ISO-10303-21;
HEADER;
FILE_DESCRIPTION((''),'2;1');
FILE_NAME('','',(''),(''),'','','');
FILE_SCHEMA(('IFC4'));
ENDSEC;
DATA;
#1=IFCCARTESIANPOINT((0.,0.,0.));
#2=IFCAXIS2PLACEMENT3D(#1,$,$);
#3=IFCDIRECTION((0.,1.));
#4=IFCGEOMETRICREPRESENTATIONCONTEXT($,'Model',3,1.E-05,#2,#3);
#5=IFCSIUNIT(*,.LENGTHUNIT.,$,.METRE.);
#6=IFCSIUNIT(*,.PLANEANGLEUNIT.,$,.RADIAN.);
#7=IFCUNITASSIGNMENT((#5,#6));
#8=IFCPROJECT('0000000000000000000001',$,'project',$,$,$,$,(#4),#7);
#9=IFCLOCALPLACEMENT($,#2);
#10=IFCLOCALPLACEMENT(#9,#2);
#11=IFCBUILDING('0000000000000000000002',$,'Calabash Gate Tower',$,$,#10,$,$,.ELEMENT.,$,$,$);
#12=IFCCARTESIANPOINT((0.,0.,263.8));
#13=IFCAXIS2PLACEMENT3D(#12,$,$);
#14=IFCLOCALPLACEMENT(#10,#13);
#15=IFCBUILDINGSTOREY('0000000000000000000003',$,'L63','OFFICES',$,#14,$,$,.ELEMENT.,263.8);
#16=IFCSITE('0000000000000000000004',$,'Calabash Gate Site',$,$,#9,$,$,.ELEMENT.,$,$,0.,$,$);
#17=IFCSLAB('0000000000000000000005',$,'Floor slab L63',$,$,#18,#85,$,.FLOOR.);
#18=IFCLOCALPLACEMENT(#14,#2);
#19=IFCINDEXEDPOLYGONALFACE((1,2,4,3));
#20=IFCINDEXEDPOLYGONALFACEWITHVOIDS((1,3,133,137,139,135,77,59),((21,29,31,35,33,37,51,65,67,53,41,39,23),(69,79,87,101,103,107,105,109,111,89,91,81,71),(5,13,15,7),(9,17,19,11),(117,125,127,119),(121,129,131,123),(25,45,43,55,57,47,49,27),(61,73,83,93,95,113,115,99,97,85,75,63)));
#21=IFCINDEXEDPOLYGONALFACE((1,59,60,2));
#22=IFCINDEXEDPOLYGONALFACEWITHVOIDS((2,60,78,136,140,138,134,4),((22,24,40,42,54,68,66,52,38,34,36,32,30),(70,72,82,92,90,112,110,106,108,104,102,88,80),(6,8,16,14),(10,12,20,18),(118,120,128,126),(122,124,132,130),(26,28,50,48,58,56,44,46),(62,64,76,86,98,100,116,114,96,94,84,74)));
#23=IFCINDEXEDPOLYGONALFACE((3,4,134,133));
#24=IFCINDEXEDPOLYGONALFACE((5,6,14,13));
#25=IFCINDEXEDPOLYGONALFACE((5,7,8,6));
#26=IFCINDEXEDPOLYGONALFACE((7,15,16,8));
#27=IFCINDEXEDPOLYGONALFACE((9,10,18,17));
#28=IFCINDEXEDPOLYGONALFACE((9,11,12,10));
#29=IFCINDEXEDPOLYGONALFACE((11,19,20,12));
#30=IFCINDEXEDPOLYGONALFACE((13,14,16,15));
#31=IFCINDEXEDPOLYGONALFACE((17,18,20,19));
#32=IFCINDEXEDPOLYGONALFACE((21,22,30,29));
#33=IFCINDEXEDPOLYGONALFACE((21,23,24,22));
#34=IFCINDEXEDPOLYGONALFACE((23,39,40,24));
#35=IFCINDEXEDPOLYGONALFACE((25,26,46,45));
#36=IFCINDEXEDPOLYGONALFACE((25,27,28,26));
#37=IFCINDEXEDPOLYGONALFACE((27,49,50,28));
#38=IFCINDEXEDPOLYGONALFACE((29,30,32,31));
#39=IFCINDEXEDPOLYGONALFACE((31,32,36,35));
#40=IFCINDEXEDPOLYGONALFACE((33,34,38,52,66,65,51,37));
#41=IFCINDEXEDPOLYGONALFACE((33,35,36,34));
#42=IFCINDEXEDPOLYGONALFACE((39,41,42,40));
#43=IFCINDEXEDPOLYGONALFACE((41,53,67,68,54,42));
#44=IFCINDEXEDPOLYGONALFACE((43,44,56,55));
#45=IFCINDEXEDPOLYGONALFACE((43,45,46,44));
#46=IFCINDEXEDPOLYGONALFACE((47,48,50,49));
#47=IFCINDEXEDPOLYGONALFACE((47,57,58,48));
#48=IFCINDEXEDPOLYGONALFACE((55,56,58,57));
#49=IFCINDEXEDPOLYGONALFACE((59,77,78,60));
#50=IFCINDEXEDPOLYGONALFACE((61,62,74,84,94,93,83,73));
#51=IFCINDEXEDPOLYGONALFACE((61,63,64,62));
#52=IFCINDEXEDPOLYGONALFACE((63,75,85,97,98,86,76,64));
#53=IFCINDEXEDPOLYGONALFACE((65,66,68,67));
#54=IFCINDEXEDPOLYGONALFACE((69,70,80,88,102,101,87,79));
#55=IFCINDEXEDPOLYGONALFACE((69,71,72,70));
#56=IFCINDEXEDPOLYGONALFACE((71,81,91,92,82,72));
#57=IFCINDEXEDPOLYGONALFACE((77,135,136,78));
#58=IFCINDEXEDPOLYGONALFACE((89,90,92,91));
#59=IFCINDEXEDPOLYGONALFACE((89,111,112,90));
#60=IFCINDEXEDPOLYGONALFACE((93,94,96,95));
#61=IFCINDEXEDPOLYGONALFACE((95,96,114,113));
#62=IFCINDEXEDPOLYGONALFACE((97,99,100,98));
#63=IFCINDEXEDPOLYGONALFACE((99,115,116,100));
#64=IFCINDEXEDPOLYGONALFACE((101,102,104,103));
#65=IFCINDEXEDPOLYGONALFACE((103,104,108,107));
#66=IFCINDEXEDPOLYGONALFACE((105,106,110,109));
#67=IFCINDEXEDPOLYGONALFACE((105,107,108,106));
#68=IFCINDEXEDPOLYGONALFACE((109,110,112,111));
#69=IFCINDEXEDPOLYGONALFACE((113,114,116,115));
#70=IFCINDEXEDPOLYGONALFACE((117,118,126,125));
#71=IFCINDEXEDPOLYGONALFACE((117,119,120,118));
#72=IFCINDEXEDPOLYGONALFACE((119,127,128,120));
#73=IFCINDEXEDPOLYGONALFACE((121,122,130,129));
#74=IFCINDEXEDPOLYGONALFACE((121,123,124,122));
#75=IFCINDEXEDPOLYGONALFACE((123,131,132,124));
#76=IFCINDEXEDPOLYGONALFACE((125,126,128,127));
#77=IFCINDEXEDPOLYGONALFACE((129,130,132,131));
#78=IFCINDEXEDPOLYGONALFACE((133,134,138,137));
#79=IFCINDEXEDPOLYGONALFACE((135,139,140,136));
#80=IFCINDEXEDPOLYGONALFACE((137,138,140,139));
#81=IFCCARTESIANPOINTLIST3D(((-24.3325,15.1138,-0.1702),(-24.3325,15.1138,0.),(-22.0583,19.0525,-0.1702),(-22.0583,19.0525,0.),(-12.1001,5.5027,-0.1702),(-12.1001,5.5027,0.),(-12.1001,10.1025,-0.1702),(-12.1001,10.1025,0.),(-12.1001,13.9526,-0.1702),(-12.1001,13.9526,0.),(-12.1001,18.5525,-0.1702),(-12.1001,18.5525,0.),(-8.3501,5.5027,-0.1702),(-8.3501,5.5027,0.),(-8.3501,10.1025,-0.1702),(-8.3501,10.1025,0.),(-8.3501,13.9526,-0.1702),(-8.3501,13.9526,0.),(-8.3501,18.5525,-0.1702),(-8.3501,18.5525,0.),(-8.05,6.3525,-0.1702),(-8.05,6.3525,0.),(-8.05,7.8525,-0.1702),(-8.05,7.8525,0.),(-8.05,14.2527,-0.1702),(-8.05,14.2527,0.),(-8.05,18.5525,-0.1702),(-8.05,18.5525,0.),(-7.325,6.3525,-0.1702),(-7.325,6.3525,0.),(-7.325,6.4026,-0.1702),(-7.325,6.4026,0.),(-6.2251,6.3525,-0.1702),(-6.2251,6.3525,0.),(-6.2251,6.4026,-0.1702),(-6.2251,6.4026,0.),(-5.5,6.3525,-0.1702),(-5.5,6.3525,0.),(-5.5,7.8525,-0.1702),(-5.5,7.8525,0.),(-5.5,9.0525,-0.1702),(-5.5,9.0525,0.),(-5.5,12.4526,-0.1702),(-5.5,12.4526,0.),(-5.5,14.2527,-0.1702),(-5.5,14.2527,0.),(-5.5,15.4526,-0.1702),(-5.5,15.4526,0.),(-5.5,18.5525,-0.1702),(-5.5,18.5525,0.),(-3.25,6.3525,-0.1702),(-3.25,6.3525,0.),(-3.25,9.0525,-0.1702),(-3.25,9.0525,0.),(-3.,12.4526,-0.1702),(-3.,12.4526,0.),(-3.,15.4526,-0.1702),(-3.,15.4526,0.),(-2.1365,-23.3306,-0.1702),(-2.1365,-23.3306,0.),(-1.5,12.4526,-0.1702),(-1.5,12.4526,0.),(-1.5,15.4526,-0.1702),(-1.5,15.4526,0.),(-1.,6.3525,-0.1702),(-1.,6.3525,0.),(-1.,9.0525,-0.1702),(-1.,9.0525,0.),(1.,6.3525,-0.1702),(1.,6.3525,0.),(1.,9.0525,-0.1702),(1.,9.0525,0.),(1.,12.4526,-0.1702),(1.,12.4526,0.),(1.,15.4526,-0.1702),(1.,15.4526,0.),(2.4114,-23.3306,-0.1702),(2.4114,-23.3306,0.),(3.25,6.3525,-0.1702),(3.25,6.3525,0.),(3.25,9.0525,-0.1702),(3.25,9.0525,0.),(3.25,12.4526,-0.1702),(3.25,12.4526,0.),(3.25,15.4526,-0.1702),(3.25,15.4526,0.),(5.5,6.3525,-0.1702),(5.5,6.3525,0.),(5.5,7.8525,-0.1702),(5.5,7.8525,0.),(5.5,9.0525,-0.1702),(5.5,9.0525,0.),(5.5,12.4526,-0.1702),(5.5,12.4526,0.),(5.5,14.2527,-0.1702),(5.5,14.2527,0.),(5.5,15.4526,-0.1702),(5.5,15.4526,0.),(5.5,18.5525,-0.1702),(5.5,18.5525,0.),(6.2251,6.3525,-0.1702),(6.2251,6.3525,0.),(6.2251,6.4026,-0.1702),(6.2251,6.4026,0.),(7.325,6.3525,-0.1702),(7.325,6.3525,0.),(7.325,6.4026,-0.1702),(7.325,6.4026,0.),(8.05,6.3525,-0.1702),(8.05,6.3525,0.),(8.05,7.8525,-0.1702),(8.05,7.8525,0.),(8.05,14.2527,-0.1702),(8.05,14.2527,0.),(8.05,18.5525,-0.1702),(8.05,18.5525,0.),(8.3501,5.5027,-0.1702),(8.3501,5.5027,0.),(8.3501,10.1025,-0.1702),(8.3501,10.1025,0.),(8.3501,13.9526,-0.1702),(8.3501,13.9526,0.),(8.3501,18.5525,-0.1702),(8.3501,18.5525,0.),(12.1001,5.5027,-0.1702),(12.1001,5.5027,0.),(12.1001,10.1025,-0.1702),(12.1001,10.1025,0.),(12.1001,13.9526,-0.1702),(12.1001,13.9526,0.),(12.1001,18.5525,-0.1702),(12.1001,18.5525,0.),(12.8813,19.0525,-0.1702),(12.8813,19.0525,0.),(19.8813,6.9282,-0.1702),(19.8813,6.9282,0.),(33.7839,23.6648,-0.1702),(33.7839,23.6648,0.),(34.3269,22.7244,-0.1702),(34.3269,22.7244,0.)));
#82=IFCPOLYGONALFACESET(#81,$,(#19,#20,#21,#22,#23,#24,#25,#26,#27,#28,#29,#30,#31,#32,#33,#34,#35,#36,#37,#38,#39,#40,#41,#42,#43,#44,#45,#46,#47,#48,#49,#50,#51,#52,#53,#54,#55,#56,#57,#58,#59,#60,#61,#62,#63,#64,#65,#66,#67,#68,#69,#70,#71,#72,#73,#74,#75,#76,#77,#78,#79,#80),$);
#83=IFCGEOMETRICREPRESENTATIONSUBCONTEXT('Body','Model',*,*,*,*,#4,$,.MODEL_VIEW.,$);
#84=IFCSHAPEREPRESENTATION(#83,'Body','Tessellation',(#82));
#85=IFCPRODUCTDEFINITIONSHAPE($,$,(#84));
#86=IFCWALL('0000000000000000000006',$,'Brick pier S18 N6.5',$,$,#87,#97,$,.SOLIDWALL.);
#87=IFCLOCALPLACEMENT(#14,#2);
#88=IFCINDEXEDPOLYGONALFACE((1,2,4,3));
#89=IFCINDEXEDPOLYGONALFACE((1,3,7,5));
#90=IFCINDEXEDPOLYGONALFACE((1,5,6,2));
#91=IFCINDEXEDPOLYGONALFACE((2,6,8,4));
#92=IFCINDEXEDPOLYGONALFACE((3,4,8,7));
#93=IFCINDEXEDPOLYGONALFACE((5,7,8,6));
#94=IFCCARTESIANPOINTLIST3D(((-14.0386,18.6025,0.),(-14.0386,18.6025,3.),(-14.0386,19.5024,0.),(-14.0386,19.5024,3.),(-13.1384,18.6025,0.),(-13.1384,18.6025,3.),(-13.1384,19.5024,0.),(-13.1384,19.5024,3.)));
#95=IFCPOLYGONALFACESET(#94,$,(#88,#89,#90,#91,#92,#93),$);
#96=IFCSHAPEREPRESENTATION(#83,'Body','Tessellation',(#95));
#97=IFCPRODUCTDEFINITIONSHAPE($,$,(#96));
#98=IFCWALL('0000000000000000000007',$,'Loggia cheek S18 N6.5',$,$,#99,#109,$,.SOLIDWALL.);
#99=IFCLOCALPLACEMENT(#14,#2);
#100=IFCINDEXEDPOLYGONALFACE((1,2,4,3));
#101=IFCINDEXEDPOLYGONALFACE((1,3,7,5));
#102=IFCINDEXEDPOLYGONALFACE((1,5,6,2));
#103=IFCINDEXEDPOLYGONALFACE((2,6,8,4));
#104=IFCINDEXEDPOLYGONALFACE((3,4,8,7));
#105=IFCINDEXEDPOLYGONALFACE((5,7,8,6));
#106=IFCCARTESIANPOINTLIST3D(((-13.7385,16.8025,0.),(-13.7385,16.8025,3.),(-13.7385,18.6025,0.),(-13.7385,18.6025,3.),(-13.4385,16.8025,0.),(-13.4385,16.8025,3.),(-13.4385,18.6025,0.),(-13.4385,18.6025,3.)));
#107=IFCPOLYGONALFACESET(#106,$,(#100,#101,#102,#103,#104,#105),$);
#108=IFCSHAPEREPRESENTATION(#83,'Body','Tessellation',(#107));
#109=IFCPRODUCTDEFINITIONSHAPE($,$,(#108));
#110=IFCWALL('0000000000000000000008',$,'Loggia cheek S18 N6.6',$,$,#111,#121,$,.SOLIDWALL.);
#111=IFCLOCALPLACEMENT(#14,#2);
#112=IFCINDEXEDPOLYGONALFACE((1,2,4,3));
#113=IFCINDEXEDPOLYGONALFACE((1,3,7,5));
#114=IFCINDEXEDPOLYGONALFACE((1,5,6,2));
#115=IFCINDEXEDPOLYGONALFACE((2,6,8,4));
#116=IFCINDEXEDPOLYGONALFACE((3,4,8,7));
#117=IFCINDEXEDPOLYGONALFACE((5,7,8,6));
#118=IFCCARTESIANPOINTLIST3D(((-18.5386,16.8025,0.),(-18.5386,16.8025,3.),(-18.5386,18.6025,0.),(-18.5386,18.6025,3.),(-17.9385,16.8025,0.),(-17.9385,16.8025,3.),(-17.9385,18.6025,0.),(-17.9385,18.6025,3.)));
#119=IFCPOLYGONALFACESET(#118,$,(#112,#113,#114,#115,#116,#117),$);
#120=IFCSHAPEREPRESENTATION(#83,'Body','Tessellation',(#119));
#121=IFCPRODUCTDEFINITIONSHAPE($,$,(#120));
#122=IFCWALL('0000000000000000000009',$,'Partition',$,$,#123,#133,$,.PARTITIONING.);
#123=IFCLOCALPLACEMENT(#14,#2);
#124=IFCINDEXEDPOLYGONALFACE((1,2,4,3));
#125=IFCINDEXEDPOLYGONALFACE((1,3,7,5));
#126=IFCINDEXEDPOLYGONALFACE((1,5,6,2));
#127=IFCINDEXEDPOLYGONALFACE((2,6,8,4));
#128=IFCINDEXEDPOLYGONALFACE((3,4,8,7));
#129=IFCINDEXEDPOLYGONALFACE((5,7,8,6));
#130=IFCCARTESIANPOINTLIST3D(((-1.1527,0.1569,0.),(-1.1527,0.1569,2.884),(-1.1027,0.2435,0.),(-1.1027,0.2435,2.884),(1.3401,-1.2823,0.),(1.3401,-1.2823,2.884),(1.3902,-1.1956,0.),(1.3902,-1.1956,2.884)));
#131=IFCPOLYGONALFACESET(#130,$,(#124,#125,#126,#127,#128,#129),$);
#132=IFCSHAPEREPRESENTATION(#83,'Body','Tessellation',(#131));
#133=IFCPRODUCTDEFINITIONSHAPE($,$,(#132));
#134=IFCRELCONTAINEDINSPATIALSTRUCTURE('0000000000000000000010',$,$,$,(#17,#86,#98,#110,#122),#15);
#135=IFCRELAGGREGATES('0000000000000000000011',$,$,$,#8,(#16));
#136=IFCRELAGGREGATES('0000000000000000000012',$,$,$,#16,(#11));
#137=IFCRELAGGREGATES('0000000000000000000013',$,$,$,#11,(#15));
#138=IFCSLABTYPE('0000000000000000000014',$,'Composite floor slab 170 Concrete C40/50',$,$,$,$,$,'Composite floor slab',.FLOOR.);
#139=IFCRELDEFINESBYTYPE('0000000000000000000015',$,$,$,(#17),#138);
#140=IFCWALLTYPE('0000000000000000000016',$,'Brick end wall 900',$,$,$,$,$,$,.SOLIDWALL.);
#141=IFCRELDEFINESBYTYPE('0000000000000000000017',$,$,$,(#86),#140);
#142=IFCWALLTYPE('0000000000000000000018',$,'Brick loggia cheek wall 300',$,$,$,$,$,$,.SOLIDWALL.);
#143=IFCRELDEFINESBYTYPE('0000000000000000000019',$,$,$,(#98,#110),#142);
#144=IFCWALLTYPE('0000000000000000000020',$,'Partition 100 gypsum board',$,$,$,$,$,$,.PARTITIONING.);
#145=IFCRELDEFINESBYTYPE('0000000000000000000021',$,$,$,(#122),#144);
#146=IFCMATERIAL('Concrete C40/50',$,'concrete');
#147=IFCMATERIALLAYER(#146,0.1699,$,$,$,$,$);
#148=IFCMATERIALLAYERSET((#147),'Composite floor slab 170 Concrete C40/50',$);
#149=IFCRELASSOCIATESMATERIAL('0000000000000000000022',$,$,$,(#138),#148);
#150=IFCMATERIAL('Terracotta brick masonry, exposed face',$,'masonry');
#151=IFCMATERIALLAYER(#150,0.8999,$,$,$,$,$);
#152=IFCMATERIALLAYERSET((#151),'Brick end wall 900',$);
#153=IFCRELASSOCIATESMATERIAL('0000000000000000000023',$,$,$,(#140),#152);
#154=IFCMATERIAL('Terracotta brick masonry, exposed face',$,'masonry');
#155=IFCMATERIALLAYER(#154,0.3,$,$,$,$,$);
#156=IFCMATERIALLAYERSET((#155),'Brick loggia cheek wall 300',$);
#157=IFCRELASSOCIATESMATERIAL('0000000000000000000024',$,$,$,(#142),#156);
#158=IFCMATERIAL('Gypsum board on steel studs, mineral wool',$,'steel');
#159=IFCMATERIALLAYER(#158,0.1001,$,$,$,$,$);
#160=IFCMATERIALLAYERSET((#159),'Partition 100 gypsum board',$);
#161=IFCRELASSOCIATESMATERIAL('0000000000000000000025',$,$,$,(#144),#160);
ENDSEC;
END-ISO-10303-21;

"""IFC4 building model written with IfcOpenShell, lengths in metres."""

from ifc_helpers import new_model, si_unit, direction, frame, frame_2d, origin, place, context, subcontext, project, spatial, polyline, rectangle, outline, extrude, material, layer, layer_set, type_object, element, save


model = new_model("IFC4")

# Units and contexts
model_context = context("Model", 3, precision=1e-05, world=origin(), true_north=direction((0.0, 1.0)))
body_context = subcontext(model_context, "Body", "Model", "MODEL_VIEW")
ifc_project = project(units=[si_unit("LENGTHUNIT", "METRE"), si_unit("PLANEANGLEUNIT", "RADIAN")], contexts=[model_context])

# Site, building, storey
site_placement = place(None, origin())
site = spatial("IfcSite", under=ifc_project, at=site_placement, Name="Calabash Gate Site", CompositionType="ELEMENT", RefElevation=0.0)
building_placement = place(site_placement, origin())
building = spatial("IfcBuilding", under=site, at=building_placement, Name="Calabash Gate Tower", CompositionType="ELEMENT")
storey_placement = place(building_placement, frame((0.0, 0.0, 263.8)))
storey = spatial("IfcBuildingStorey", under=building, at=storey_placement, Name="L63", Description="OFFICES", CompositionType="ELEMENT", Elevation=263.8)

# Slab
ifc_material_1 = material(Name="Concrete C40/50", Category="concrete")
ifc_layer_1 = layer(ifc_material_1, 0.1699)
ifc_layer_set_1 = layer_set([ifc_layer_1], Name="Composite floor slab 170 Concrete C40/50")
slab_type = type_object("IfcSlabType", Name="Composite floor slab 170 Concrete C40/50", ElementType="Composite floor slab", PredefinedType="FLOOR", material=ifc_layer_set_1)
slab_placement = place(storey_placement, frame((0.0, 0.0, -0.1702)))
element("IfcSlab", 1, at=slab_placement, inside=storey, type_object=slab_type, Name="Floor slab L63", PredefinedType="FLOOR", context=body_context, shape_type="SweptSolid", body=[
    extrude(outline(polyline([(-24.3325, 15.1138), (-22.0583, 19.0525), (12.8813, 19.0525), (33.7839, 23.6648), (34.3269, 22.7244), (19.8813, 6.9282), (2.4114, -23.3306), (-2.1365, -23.3306), (-24.3325, 15.1138)]), holes=[polyline([(-1.0, 9.0525), (-3.25, 9.0525), (-5.5, 9.0525), (-5.5, 7.8525), (-8.05, 7.8525), (-8.05, 6.3525), (-7.325, 6.3525), (-7.325, 6.4026), (-6.2251, 6.4026), (-6.2251, 6.3525), (-5.5, 6.3525), (-3.25, 6.3525), (-1.0, 6.3525), (-1.0, 9.0525)]), polyline([(3.25, 6.3525), (5.5, 6.3525), (6.2251, 6.3525), (6.2251, 6.4026), (7.325, 6.4026), (7.325, 6.3525), (8.05, 6.3525), (8.05, 7.8525), (5.5, 7.8525), (5.5, 9.0525), (3.25, 9.0525), (1.0, 9.0525), (1.0, 6.3525), (3.25, 6.3525)]), polyline([(-5.5, 14.2527), (-5.5, 12.4526), (-3.0, 12.4526), (-3.0, 15.4526), (-5.5, 15.4526), (-5.5, 18.5525), (-8.05, 18.5525), (-8.05, 14.2527), (-5.5, 14.2527)]), polyline([(1.0, 15.4526), (-1.5, 15.4526), (-1.5, 12.4526), (1.0, 12.4526), (3.25, 12.4526), (5.5, 12.4526), (5.5, 14.2527), (8.05, 14.2527), (8.05, 18.5525), (5.5, 18.5525), (5.5, 15.4526), (3.25, 15.4526), (1.0, 15.4526)]), polyline([(-8.3501, 18.5525), (-12.1001, 18.5525), (-12.1001, 13.9526), (-8.3501, 13.9526), (-8.3501, 18.5525)]), polyline([(-12.1001, 10.1025), (-12.1001, 5.5027), (-8.3501, 5.5027), (-8.3501, 10.1025), (-12.1001, 10.1025)]), polyline([(8.3501, 13.9526), (12.1001, 13.9526), (12.1001, 18.5525), (8.3501, 18.5525), (8.3501, 13.9526)]), polyline([(12.1001, 5.5027), (12.1001, 10.1025), (8.3501, 10.1025), (8.3501, 5.5027), (12.1001, 5.5027)])]), origin(), (0.0, 0.0, 1.0), 0.1702),
])

# Walls
ifc_material_2 = material(Name="Terracotta brick masonry, exposed face", Category="masonry")
ifc_layer_2 = layer(ifc_material_2, 0.8999)
ifc_layer_set_2 = layer_set([ifc_layer_2], Name="Brick end wall 900")
wall_type_1 = type_object("IfcWallType", Name="Brick end wall 900", PredefinedType="SOLIDWALL", material=ifc_layer_set_2)
wall_1_placement = place(storey_placement, origin())
element("IfcWall", 2, at=wall_1_placement, inside=storey, type_object=wall_type_1, Name="Brick pier S18 N6.5", PredefinedType="SOLIDWALL", context=body_context, shape_type="SweptSolid", body=[
    extrude(outline(polyline([(-13.1384, 19.5024), (-14.0386, 19.5024), (-14.0386, 18.6025), (-13.1384, 18.6025), (-13.1384, 19.5024)])), origin(), (0.0, 0.0, 1.0), 3.0),
])
ifc_material_3 = material(Name="Terracotta brick masonry, exposed face", Category="masonry")
ifc_layer_3 = layer(ifc_material_3, 0.3)
ifc_layer_set_3 = layer_set([ifc_layer_3], Name="Brick loggia cheek wall 300")
wall_type_2 = type_object("IfcWallType", Name="Brick loggia cheek wall 300", PredefinedType="SOLIDWALL", material=ifc_layer_set_3)
wall_2_placement = place(storey_placement, origin())
element("IfcWall", 3, at=wall_2_placement, inside=storey, type_object=wall_type_2, Name="Loggia cheek S18 N6.5", PredefinedType="SOLIDWALL", context=body_context, shape_type="SweptSolid", body=[
    extrude(outline(polyline([(-13.4385, 16.8025), (-13.4385, 18.6025), (-13.7385, 18.6025), (-13.7385, 16.8025), (-13.4385, 16.8025)])), origin(), (0.0, 0.0, 1.0), 3.0),
])
wall_3_placement = place(storey_placement, origin())
element("IfcWall", 4, at=wall_3_placement, inside=storey, type_object=wall_type_2, Name="Loggia cheek S18 N6.6", PredefinedType="SOLIDWALL", context=body_context, shape_type="SweptSolid", body=[
    extrude(outline(polyline([(-18.5386, 18.6025), (-18.5386, 16.8025), (-17.9385, 16.8025), (-17.9385, 18.6025), (-18.5386, 18.6025)])), origin(), (0.0, 0.0, 1.0), 3.0),
])
ifc_material_4 = material(Name="Gypsum board on steel studs, mineral wool", Category="steel")
ifc_layer_4 = layer(ifc_material_4, 0.1001)
ifc_layer_set_4 = layer_set([ifc_layer_4], Name="Partition 100 gypsum board")
wall_type_3 = type_object("IfcWallType", Name="Partition 100 gypsum board", PredefinedType="PARTITIONING", material=ifc_layer_set_4)
wall_4_placement = place(storey_placement, frame((-1.1277, 0.2002, 0.0), z_axis=(0.0, 0.0, 1.0), x_axis=(0.866037, -0.499979, 0.0)))
element("IfcWall", 5, at=wall_4_placement, inside=storey, type_object=wall_type_3, Name="Partition", PredefinedType="PARTITIONING", context=body_context, shape_type="SweptSolid", body=[
    extrude(rectangle(XDim=2.8784, YDim=0.1001, at=frame_2d((1.4392, 0.0))), origin(), (0.0, 0.0, 1.0), 2.884),
])

save(model, "model.ifc")
